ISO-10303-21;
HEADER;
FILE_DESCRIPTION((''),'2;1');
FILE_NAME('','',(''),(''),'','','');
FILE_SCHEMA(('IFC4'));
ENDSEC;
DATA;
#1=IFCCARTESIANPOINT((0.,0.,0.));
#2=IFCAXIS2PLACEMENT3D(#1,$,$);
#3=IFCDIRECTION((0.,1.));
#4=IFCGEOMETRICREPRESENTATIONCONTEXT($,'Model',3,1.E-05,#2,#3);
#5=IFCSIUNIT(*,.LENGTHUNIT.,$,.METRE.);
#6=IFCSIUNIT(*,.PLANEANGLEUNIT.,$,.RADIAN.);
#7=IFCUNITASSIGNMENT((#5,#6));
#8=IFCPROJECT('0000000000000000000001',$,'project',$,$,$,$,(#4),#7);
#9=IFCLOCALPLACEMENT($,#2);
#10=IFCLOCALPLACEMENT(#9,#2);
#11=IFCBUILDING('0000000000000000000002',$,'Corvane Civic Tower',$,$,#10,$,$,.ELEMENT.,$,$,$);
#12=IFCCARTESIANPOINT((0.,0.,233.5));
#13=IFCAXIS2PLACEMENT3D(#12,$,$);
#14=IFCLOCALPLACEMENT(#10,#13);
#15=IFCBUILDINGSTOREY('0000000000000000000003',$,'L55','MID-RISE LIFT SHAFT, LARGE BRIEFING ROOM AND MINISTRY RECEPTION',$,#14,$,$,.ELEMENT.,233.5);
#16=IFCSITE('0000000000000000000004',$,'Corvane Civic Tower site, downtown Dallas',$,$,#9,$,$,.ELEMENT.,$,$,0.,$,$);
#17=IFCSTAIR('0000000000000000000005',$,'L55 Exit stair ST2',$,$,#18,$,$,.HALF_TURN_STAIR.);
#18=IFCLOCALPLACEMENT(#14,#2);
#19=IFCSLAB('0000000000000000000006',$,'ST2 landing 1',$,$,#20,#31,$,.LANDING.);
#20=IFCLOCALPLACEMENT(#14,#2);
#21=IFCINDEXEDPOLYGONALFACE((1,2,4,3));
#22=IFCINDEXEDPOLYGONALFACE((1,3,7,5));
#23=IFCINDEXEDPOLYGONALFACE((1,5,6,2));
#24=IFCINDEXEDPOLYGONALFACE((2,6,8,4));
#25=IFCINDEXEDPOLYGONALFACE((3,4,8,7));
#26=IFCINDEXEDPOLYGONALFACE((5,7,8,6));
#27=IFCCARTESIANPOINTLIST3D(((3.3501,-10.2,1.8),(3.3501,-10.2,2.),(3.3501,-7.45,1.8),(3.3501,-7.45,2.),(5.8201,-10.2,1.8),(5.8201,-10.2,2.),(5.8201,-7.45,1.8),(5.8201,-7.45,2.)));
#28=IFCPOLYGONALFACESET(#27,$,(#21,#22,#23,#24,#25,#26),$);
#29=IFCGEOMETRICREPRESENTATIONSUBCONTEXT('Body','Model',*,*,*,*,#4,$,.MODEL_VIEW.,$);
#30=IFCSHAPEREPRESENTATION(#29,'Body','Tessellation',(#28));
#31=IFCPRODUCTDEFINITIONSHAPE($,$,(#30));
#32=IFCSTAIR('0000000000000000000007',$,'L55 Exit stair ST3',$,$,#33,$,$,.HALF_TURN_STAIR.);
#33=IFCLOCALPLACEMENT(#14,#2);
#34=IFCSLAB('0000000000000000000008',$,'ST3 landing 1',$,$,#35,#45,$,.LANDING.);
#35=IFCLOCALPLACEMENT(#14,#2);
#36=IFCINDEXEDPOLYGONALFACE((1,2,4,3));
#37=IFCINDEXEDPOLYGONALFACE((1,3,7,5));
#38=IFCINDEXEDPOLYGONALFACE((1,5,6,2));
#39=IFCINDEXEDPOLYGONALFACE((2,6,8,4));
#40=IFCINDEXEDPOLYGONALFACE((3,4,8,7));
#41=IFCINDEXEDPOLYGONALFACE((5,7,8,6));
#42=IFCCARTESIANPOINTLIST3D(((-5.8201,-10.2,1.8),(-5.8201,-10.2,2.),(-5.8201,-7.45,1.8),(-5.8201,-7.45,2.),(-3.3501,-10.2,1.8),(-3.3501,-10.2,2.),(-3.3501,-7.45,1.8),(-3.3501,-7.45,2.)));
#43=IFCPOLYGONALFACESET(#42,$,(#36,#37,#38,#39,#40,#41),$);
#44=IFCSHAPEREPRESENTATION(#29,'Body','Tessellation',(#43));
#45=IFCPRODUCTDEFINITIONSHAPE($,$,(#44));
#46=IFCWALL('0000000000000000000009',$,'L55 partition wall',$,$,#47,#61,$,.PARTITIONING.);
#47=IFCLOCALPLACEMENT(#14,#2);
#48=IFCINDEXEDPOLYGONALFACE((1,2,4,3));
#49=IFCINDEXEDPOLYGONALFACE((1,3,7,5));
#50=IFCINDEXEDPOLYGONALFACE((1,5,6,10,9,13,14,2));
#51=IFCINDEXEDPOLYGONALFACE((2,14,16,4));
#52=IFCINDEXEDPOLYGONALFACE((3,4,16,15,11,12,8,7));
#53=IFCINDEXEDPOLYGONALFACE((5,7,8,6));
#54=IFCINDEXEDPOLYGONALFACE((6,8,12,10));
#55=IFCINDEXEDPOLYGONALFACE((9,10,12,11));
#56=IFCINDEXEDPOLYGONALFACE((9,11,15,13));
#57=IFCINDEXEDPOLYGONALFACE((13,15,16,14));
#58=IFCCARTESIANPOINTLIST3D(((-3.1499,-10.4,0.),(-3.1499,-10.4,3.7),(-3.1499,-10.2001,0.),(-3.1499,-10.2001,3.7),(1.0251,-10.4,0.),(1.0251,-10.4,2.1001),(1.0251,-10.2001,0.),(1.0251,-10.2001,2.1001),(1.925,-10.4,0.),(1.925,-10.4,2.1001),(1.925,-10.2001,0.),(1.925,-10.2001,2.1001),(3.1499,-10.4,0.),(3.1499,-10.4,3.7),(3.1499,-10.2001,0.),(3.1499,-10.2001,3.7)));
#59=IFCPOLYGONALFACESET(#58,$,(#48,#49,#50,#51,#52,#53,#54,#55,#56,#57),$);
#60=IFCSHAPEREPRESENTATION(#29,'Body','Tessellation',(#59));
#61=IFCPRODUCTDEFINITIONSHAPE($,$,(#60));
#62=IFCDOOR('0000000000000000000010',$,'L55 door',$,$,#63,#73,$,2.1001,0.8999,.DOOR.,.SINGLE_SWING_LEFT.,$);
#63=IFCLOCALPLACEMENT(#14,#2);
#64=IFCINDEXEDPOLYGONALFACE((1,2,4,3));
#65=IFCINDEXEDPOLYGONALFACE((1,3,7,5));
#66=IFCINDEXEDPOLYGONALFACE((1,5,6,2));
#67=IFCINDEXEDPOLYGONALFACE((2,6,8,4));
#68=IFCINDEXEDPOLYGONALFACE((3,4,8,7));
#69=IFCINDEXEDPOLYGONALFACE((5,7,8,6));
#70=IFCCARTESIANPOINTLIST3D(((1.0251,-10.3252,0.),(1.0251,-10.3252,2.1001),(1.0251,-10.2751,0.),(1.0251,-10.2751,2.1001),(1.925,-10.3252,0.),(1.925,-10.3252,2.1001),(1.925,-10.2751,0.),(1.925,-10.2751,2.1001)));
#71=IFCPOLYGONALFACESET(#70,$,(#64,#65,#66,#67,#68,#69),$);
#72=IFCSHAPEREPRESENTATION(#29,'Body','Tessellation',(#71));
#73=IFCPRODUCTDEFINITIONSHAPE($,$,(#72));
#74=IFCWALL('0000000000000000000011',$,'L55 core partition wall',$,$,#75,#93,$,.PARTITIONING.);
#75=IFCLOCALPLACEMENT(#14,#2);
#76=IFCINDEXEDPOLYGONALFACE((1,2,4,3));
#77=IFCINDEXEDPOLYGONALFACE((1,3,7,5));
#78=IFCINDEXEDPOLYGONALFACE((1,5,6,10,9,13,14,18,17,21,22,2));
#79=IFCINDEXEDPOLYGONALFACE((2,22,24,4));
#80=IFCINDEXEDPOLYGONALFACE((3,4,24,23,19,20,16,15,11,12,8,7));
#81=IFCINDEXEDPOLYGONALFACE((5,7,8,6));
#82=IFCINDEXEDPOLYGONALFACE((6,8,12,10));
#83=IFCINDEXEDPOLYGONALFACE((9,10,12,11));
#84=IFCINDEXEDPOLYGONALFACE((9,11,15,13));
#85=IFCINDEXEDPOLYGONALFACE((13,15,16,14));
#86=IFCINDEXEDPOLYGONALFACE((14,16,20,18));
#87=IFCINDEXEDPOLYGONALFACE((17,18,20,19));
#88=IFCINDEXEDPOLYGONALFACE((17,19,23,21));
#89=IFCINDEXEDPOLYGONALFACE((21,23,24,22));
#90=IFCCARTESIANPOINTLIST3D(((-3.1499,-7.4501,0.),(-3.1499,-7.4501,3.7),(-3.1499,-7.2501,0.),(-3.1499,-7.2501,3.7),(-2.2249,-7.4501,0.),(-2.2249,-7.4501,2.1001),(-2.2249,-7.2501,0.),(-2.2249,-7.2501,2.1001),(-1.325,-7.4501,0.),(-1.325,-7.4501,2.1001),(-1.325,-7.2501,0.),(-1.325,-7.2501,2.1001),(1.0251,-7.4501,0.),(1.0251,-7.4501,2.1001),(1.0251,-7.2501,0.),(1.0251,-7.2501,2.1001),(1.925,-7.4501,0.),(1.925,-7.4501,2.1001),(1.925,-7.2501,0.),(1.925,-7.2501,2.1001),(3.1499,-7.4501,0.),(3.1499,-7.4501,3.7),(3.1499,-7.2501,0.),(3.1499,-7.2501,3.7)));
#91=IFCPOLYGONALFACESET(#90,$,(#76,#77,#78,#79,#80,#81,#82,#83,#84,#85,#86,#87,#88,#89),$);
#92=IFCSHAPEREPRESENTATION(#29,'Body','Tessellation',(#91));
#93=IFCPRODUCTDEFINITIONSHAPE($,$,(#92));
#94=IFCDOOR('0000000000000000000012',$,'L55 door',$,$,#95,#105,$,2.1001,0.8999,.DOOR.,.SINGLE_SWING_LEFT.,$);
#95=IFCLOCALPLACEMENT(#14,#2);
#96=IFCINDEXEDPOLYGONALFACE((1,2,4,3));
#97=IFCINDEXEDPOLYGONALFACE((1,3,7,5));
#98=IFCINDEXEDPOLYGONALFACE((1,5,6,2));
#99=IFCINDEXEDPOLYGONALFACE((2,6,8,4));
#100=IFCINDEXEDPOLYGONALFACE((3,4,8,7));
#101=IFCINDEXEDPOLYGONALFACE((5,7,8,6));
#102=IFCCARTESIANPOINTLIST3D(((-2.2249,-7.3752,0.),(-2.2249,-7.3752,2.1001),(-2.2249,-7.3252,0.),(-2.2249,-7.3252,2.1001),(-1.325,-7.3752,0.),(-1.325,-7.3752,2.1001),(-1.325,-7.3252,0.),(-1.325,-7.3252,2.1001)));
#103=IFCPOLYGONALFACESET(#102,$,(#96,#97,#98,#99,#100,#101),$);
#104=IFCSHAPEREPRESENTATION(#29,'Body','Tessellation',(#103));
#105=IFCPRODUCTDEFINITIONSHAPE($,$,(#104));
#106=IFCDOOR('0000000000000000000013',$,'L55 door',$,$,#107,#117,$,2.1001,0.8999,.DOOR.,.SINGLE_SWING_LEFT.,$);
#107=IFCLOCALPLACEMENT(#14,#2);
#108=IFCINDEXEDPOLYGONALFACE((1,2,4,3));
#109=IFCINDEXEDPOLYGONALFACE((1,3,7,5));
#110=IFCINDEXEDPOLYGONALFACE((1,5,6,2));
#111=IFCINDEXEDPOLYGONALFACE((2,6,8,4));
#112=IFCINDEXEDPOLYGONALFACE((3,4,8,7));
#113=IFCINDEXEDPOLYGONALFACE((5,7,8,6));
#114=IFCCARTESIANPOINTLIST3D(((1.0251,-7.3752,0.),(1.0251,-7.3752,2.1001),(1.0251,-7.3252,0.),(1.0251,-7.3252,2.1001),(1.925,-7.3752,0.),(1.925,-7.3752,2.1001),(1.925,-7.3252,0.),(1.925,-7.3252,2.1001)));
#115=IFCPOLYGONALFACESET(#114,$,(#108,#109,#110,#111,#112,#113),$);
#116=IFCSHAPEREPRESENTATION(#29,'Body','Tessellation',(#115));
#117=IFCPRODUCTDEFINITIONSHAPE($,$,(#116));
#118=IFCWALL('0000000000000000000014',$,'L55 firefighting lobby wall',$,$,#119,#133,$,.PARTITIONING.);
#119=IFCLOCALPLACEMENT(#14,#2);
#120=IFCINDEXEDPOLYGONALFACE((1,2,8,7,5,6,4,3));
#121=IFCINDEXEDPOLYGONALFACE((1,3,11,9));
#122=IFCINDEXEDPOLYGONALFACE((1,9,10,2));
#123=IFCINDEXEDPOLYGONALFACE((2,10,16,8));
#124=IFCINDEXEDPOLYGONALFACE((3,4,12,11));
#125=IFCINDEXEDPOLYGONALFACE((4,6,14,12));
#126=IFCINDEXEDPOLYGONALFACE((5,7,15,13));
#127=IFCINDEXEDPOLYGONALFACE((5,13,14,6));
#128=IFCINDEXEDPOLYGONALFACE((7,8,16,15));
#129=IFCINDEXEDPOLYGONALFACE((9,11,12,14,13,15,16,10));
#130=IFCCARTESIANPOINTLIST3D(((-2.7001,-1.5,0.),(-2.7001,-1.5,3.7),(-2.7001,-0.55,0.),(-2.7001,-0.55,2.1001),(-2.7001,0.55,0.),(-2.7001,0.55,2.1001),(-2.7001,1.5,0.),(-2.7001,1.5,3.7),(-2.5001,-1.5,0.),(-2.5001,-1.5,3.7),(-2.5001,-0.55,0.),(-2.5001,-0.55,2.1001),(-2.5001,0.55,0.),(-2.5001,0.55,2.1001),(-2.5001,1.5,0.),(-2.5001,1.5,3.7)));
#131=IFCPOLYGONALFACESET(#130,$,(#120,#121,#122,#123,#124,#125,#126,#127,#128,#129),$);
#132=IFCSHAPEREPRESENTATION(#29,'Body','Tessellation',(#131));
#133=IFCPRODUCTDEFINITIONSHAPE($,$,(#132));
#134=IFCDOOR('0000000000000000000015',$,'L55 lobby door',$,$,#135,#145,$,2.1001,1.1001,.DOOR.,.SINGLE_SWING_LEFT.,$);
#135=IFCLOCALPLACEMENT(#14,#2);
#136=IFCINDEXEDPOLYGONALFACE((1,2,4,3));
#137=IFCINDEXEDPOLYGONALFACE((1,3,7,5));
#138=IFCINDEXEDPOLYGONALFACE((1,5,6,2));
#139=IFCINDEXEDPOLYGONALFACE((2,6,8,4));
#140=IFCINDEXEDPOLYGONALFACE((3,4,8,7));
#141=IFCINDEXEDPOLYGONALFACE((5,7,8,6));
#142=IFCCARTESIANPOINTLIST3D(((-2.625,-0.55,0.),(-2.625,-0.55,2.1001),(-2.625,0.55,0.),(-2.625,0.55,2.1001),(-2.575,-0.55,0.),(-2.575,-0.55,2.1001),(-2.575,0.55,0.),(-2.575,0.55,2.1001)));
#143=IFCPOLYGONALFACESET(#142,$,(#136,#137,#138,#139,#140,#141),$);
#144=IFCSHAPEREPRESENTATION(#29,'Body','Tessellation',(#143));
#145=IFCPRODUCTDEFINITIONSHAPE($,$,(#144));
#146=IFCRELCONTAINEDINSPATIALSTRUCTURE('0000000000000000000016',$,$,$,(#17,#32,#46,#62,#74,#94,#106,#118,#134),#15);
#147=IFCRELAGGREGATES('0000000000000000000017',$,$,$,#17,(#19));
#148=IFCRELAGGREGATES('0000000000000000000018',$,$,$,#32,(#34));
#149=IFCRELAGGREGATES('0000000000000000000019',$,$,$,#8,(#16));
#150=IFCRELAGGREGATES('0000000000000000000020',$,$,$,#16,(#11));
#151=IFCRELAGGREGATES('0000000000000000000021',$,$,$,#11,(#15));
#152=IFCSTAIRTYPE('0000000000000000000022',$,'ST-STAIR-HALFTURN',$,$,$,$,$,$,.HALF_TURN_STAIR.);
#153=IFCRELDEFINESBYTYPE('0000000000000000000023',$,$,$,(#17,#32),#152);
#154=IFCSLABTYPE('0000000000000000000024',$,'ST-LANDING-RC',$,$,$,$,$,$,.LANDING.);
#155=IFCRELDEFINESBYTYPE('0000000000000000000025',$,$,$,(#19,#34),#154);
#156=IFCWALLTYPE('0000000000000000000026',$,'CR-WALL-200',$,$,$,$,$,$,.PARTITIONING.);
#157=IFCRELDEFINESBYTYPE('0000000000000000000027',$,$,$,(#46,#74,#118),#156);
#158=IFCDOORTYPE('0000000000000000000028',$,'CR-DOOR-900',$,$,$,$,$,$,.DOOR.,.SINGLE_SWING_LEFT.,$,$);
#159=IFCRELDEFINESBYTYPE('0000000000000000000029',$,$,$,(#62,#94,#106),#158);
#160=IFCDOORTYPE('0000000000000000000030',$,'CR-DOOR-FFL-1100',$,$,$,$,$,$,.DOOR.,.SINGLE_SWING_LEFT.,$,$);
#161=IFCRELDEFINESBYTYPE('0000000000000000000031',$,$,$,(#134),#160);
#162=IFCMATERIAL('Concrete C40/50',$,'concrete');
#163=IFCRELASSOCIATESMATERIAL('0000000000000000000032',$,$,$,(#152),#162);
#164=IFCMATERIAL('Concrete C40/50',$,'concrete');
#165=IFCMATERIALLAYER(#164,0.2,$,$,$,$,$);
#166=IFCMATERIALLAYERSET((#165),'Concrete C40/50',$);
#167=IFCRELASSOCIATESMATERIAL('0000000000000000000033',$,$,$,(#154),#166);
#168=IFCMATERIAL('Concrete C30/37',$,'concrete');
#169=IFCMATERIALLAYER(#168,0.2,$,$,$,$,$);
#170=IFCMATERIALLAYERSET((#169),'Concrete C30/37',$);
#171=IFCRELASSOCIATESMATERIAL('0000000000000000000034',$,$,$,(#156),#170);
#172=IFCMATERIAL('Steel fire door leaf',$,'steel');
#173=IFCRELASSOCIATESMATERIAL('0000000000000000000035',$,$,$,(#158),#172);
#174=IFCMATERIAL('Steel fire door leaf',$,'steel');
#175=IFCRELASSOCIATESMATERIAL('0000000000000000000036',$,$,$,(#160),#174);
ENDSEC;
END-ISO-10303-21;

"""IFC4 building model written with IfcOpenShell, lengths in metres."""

from ifc_helpers import new_model, si_unit, direction, frame, frame_2d, origin, place, context, subcontext, project, spatial, polyline, rectangle, outline, extrude, material, layer, layer_set, type_object, element, fill, aggregate, save


model = new_model("IFC4")

# Units and contexts
model_context = context("Model", 3, precision=1e-05, world=origin(), true_north=direction((0.0, 1.0)))
body_context = subcontext(model_context, "Body", "Model", "MODEL_VIEW")
ifc_project = project(units=[si_unit("LENGTHUNIT", "METRE"), si_unit("PLANEANGLEUNIT", "RADIAN")], contexts=[model_context])

# Site, building, storey
site_placement = place(None, origin())
site = spatial("IfcSite", under=ifc_project, at=site_placement, Name="Corvane Civic Tower site, downtown Dallas", CompositionType="ELEMENT", RefElevation=0.0)
building_placement = place(site_placement, origin())
building = spatial("IfcBuilding", under=site, at=building_placement, Name="Corvane Civic Tower", CompositionType="ELEMENT")
storey_placement = place(building_placement, frame((0.0, 0.0, 233.5)))
storey = spatial("IfcBuildingStorey", under=building, at=storey_placement, Name="L55", Description="MID-RISE LIFT SHAFT, LARGE BRIEFING ROOM AND MINISTRY RECEPTION", CompositionType="ELEMENT", Elevation=233.5)

# Stairs, slabs
ifc_material_1 = material(Name="Concrete C40/50", Category="concrete")
stair_type = type_object("IfcStairType", Name="ST-STAIR-HALFTURN", PredefinedType="HALF_TURN_STAIR", material=ifc_material_1)
ifc_material_2 = material(Name="Concrete C40/50", Category="concrete")
ifc_layer_1 = layer(ifc_material_2, 0.2)
ifc_layer_set_1 = layer_set([ifc_layer_1], Name="Concrete C40/50")
slab_type_1 = type_object("IfcSlabType", Name="ST-LANDING-RC", PredefinedType="LANDING", material=ifc_layer_set_1)
stair_1_placement = place(storey_placement, origin())
stair_1 = element("IfcStair", 1, at=stair_1_placement, inside=storey, type_object=stair_type, Name="L55 Exit stair ST2", PredefinedType="HALF_TURN_STAIR")
slab_1_placement = place(storey_placement, frame((0.0, 0.0, 1.8)))
slab_1 = element("IfcSlab", 2, at=slab_1_placement, type_object=slab_type_1, Name="ST2 landing 1", PredefinedType="LANDING", context=body_context, shape_type="SweptSolid", body=[
    extrude(outline(polyline([(5.8201, -7.45), (3.3501, -7.45), (3.3501, -10.2), (5.8201, -10.2), (5.8201, -7.45)])), origin(), (0.0, 0.0, 1.0), 0.2),
])
aggregate(stair_1, [slab_1])
stair_2_placement = place(storey_placement, origin())
stair_2 = element("IfcStair", 3, at=stair_2_placement, inside=storey, type_object=stair_type, Name="L55 Exit stair ST3", PredefinedType="HALF_TURN_STAIR")
slab_2_placement = place(storey_placement, frame((0.0, 0.0, 1.8)))
slab_2 = element("IfcSlab", 4, at=slab_2_placement, type_object=slab_type_1, Name="ST3 landing 1", PredefinedType="LANDING", context=body_context, shape_type="SweptSolid", body=[
    extrude(outline(polyline([(-5.8201, -10.2), (-3.3501, -10.2), (-3.3501, -7.45), (-5.8201, -7.45), (-5.8201, -10.2)])), origin(), (0.0, 0.0, 1.0), 0.2),
])

# Wall, opening, door
ifc_material_3 = material(Name="Concrete C30/37", Category="concrete")
ifc_layer_2 = layer(ifc_material_3, 0.2)
ifc_layer_set_2 = layer_set([ifc_layer_2], Name="Concrete C30/37")
wall_type = type_object("IfcWallType", Name="CR-WALL-200", PredefinedType="PARTITIONING", material=ifc_layer_set_2)
wall_1_placement = place(storey_placement, frame((-3.1499, -10.3, 0.0), z_axis=(0.0, 0.0, 1.0), x_axis=(1.0, 0.0, 0.0)))
wall_1 = element("IfcWall", 5, at=wall_1_placement, inside=storey, type_object=wall_type, Name="L55 partition wall", PredefinedType="PARTITIONING", context=body_context, shape_type="SweptSolid", body=[
    extrude(rectangle(XDim=6.2998, YDim=0.2, at=frame_2d((3.1499, 0.0))), origin(), (0.0, 0.0, 1.0), 3.7),
])
opening_1_placement = place(wall_1_placement, frame((4.175, 0.0, 0.0)))
opening_1 = element("IfcOpeningElement", 6, at=opening_1_placement, cuts=wall_1, PredefinedType="OPENING", context=body_context, shape_type="SweptSolid", body=[
    extrude(rectangle(XDim=0.8999, YDim=2.1001, at=frame_2d((0.45, 1.05))), frame((0.0, 0.1099, 0.0), z_axis=(0.0, -1.0, 0.0), x_axis=(1.0, 0.0, 0.0)), (0.0, 0.0, 1.0), 0.22),
])
ifc_material_4 = material(Name="Steel fire door leaf", Category="steel")
door_type_1 = type_object("IfcDoorType", Name="CR-DOOR-900", OperationType="SINGLE_SWING_LEFT", PredefinedType="DOOR", material=ifc_material_4)
door_1_placement = place(opening_1_placement, origin())
door_1 = element("IfcDoor", 7, at=door_1_placement, inside=storey, type_object=door_type_1, Name="L55 door", OperationType="SINGLE_SWING_LEFT", OverallHeight=2.1001, OverallWidth=0.8999, PredefinedType="DOOR", context=body_context, shape_type="SweptSolid", body=[
    extrude(rectangle(XDim=0.8999, YDim=2.1001, at=frame_2d((0.45, 1.05))), frame((0.0, 0.0249, 0.0), z_axis=(0.0, -1.0, 0.0), x_axis=(1.0, 0.0, 0.0)), (0.0, 0.0, 1.0), 0.05),
])
fill(opening_1, door_1)

# Wall, openings, doors
wall_2_placement = place(storey_placement, frame((-3.1499, -7.3501, 0.0), z_axis=(0.0, 0.0, 1.0), x_axis=(1.0, 0.0, 0.0)))
wall_2 = element("IfcWall", 8, at=wall_2_placement, inside=storey, type_object=wall_type, Name="L55 core partition wall", PredefinedType="PARTITIONING", context=body_context, shape_type="SweptSolid", body=[
    extrude(rectangle(XDim=6.2998, YDim=0.2, at=frame_2d((3.1499, 0.0))), origin(), (0.0, 0.0, 1.0), 3.7),
])
opening_2_placement = place(wall_2_placement, frame((0.925, 0.0, 0.0)))
opening_2 = element("IfcOpeningElement", 9, at=opening_2_placement, cuts=wall_2, PredefinedType="OPENING", context=body_context, shape_type="SweptSolid", body=[
    extrude(rectangle(XDim=0.8999, YDim=2.1001, at=frame_2d((0.45, 1.05))), frame((0.0, 0.1099, 0.0), z_axis=(0.0, -1.0, 0.0), x_axis=(1.0, 0.0, 0.0)), (0.0, 0.0, 1.0), 0.22),
])
opening_3_placement = place(wall_2_placement, frame((4.175, 0.0, 0.0)))
opening_3 = element("IfcOpeningElement", 10, at=opening_3_placement, cuts=wall_2, PredefinedType="OPENING", context=body_context, shape_type="SweptSolid", body=[
    extrude(rectangle(XDim=0.8999, YDim=2.1001, at=frame_2d((0.45, 1.05))), frame((0.0, 0.1099, 0.0), z_axis=(0.0, -1.0, 0.0), x_axis=(1.0, 0.0, 0.0)), (0.0, 0.0, 1.0), 0.22),
])
door_2_placement = place(opening_2_placement, origin())
door_2 = element("IfcDoor", 11, at=door_2_placement, inside=storey, type_object=door_type_1, Name="L55 door", OperationType="SINGLE_SWING_LEFT", OverallHeight=2.1001, OverallWidth=0.8999, PredefinedType="DOOR", context=body_context, shape_type="SweptSolid", body=[
    extrude(rectangle(XDim=0.8999, YDim=2.1001, at=frame_2d((0.45, 1.05))), frame((0.0, 0.0249, 0.0), z_axis=(0.0, -1.0, 0.0), x_axis=(1.0, 0.0, 0.0)), (0.0, 0.0, 1.0), 0.05),
])
fill(opening_2, door_2)
door_3_placement = place(opening_3_placement, origin())
door_3 = element("IfcDoor", 12, at=door_3_placement, inside=storey, type_object=door_type_1, Name="L55 door", OperationType="SINGLE_SWING_LEFT", OverallHeight=2.1001, OverallWidth=0.8999, PredefinedType="DOOR", context=body_context, shape_type="SweptSolid", body=[
    extrude(rectangle(XDim=0.8999, YDim=2.1001, at=frame_2d((0.45, 1.05))), frame((0.0, 0.0249, 0.0), z_axis=(0.0, -1.0, 0.0), x_axis=(1.0, 0.0, 0.0)), (0.0, 0.0, 1.0), 0.05),
])
fill(opening_3, door_3)

# Wall, opening, door
wall_3_placement = place(storey_placement, frame((-2.6001, -1.5, 0.0), z_axis=(0.0, 0.0, 1.0), x_axis=(0.0, 1.0, 0.0)))
wall_3 = element("IfcWall", 13, at=wall_3_placement, inside=storey, type_object=wall_type, Name="L55 firefighting lobby wall", PredefinedType="PARTITIONING", context=body_context, shape_type="SweptSolid", body=[
    extrude(rectangle(XDim=3.0, YDim=0.2, at=frame_2d((1.5, 0.0))), origin(), (0.0, 0.0, 1.0), 3.7),
])
opening_4_placement = place(wall_3_placement, frame((0.95, 0.0, 0.0)))
opening_4 = element("IfcOpeningElement", 14, at=opening_4_placement, cuts=wall_3, PredefinedType="OPENING", context=body_context, shape_type="SweptSolid", body=[
    extrude(rectangle(XDim=1.1001, YDim=2.1001, at=frame_2d((0.55, 1.05))), frame((0.0, 0.1099, 0.0), z_axis=(0.0, -1.0, 0.0), x_axis=(1.0, 0.0, 0.0)), (0.0, 0.0, 1.0), 0.22),
])
ifc_material_5 = material(Name="Steel fire door leaf", Category="steel")
door_type_2 = type_object("IfcDoorType", Name="CR-DOOR-FFL-1100", OperationType="SINGLE_SWING_LEFT", PredefinedType="DOOR", material=ifc_material_5)
door_4_placement = place(opening_4_placement, origin())
door_4 = element("IfcDoor", 15, at=door_4_placement, inside=storey, type_object=door_type_2, Name="L55 lobby door", OperationType="SINGLE_SWING_LEFT", OverallHeight=2.1001, OverallWidth=1.1001, PredefinedType="DOOR", context=body_context, shape_type="SweptSolid", body=[
    extrude(rectangle(XDim=1.1001, YDim=2.1001, at=frame_2d((0.55, 1.05))), frame((0.0, 0.0249, 0.0), z_axis=(0.0, -1.0, 0.0), x_axis=(1.0, 0.0, 0.0)), (0.0, 0.0, 1.0), 0.05),
])
fill(opening_4, door_4)

aggregate(stair_2, [slab_2])

save(model, "model.ifc")
